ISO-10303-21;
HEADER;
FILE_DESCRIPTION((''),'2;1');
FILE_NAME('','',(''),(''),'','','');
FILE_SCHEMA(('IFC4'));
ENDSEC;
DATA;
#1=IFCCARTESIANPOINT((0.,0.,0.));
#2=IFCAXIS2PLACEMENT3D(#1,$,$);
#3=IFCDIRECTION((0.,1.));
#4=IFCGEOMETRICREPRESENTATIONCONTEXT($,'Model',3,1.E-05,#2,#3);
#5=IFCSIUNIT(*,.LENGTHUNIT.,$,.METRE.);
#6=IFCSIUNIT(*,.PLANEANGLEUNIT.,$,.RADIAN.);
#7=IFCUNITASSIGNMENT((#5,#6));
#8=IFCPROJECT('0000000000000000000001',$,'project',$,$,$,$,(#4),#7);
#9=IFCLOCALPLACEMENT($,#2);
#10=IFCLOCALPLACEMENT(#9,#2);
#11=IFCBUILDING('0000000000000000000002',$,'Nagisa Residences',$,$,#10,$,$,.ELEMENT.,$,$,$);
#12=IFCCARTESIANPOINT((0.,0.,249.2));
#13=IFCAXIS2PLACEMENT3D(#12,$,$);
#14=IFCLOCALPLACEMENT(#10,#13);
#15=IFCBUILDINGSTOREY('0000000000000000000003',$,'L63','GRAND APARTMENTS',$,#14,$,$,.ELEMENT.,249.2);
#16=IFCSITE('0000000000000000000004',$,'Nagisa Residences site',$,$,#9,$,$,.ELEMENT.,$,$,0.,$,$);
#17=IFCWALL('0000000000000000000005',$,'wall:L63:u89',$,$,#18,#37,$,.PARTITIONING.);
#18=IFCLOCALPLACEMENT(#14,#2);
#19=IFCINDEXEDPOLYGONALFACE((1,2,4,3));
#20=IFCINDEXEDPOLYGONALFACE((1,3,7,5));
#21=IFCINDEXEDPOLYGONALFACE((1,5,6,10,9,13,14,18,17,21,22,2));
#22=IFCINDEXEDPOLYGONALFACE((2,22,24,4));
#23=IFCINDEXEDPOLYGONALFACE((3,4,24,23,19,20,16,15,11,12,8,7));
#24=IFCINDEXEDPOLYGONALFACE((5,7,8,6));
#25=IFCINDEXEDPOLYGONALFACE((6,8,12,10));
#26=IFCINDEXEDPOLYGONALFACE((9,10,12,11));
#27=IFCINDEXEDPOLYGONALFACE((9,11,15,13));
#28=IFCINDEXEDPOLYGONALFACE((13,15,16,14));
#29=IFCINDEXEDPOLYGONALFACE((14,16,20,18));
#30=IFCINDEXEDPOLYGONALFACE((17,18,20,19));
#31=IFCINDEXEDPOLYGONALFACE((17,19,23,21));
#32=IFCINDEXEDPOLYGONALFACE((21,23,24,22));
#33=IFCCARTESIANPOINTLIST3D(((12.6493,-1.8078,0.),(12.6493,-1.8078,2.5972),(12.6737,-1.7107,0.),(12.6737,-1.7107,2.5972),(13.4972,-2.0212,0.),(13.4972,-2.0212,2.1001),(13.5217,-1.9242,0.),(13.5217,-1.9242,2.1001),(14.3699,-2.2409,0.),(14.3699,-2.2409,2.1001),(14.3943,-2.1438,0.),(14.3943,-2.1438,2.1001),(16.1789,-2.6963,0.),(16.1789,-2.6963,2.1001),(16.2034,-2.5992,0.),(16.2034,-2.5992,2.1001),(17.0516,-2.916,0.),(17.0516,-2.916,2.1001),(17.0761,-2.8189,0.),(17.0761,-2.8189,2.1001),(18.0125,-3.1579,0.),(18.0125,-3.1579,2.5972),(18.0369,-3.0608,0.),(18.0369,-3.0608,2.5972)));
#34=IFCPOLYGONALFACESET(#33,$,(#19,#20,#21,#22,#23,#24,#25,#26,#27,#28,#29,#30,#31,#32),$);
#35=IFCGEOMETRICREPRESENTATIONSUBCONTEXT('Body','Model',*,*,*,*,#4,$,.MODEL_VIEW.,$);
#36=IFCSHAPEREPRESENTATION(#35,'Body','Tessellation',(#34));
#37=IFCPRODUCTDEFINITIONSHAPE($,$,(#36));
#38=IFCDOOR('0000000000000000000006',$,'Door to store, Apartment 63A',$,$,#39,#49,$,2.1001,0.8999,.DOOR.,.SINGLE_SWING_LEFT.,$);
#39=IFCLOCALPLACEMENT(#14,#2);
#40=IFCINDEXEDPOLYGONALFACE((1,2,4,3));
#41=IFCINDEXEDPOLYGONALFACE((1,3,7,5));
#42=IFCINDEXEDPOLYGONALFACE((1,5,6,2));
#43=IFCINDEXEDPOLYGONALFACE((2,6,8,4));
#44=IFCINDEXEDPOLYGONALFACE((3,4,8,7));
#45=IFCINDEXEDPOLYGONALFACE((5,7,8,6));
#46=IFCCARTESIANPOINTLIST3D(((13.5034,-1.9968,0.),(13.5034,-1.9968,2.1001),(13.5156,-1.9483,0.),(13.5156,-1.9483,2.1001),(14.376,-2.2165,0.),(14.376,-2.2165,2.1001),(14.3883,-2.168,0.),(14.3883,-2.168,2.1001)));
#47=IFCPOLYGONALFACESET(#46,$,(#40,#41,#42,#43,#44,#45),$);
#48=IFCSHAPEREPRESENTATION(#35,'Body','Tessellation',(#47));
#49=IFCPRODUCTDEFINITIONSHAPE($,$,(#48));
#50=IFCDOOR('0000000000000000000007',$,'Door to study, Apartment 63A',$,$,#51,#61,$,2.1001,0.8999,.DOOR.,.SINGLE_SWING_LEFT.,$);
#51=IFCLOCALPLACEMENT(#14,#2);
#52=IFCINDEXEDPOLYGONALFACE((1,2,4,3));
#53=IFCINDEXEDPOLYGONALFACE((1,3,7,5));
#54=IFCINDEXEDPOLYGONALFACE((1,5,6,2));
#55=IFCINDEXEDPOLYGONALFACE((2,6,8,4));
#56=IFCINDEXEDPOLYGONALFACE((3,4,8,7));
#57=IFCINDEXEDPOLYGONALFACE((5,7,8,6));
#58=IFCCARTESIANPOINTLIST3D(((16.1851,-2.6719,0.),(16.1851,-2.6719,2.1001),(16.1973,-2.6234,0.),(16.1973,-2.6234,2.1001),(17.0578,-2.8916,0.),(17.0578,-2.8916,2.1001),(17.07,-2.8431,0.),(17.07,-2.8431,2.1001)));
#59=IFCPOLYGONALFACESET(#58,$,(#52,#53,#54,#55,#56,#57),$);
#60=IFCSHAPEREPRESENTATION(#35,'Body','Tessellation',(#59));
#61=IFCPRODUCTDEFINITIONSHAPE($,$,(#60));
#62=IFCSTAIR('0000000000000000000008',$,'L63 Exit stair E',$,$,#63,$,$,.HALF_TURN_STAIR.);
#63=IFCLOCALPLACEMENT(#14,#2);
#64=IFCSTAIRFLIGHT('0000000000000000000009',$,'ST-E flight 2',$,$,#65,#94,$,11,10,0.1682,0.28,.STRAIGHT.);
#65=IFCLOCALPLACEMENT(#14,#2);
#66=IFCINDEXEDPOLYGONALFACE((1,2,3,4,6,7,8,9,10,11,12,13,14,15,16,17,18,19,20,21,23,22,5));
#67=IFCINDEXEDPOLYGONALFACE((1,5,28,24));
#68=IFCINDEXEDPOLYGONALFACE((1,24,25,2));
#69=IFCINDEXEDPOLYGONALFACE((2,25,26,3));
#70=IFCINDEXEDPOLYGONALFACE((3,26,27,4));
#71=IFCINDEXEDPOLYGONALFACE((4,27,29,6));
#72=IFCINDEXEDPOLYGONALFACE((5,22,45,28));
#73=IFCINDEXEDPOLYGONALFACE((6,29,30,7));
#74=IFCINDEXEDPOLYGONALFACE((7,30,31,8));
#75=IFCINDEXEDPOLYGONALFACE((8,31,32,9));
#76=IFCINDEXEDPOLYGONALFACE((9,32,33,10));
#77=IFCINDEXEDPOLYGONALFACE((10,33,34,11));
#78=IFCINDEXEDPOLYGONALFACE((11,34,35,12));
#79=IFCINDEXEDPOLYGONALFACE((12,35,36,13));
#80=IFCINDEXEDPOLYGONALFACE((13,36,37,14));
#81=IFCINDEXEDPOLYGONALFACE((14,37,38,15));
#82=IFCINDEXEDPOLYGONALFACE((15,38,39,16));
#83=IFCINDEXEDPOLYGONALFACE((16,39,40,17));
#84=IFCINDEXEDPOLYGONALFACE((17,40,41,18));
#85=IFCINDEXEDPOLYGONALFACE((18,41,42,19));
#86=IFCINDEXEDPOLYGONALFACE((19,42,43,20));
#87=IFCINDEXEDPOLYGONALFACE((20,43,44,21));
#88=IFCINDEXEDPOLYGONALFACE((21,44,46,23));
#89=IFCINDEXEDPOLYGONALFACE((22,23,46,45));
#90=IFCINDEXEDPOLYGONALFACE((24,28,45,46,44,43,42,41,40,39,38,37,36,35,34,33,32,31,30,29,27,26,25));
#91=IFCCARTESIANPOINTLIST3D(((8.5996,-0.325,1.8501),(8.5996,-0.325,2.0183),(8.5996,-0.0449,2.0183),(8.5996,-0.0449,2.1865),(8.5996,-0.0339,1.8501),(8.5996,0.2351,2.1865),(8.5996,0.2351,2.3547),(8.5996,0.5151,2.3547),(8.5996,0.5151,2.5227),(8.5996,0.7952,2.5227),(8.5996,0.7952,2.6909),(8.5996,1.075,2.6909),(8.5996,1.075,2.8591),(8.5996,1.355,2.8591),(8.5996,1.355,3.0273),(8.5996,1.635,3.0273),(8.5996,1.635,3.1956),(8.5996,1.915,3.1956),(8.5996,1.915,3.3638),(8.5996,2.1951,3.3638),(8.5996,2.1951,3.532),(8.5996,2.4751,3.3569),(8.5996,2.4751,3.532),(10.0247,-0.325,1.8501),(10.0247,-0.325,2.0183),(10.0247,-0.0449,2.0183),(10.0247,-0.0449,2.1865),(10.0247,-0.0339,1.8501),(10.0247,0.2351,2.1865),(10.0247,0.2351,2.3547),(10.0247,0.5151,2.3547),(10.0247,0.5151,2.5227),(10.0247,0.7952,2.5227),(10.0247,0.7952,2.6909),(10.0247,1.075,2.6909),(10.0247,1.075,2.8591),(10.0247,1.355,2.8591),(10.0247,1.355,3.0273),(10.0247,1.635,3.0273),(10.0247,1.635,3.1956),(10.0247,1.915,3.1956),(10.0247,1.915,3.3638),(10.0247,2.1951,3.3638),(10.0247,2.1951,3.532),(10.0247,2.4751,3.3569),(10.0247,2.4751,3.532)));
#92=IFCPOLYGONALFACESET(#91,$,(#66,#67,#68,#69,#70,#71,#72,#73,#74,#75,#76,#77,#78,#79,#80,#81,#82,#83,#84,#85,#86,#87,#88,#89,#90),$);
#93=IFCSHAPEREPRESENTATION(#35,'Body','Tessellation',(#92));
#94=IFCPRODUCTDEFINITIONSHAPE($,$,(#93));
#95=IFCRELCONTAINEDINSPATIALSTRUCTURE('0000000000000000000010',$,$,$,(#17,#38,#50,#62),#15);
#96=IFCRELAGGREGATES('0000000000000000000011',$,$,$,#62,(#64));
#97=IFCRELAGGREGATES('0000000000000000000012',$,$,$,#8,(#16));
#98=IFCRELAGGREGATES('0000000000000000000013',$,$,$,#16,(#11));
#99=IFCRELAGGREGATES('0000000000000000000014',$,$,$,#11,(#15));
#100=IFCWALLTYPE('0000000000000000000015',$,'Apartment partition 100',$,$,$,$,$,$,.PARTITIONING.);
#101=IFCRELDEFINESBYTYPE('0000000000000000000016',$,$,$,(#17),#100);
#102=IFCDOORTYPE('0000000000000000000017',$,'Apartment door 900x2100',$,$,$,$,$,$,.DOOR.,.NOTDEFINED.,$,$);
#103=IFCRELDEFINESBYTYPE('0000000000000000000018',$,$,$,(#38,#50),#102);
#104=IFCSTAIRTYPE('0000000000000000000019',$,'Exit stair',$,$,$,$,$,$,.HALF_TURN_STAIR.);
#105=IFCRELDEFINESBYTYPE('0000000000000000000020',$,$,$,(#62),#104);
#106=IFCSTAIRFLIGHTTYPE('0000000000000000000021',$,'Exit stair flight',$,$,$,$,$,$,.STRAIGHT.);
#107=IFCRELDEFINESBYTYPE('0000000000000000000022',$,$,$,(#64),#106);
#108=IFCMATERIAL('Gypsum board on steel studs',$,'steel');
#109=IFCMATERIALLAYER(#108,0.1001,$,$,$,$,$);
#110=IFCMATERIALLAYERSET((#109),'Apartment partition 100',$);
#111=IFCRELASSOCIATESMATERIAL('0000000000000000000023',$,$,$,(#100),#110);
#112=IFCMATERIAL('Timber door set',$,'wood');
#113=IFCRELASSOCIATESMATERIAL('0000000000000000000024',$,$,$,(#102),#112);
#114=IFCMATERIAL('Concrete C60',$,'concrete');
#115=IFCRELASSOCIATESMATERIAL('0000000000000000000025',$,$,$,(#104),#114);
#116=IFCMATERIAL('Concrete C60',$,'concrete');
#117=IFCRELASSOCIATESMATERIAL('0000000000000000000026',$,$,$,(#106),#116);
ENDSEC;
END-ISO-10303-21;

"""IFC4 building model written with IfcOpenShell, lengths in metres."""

from ifc_helpers import new_model, si_unit, direction, frame, frame_2d, origin, place, context, subcontext, project, spatial, polyline, rectangle, outline, extrude, material, layer, layer_set, type_object, element, fill, aggregate, save


model = new_model("IFC4")

# Units and contexts
model_context = context("Model", 3, precision=1e-05, world=origin(), true_north=direction((0.0, 1.0)))
body_context = subcontext(model_context, "Body", "Model", "MODEL_VIEW")
ifc_project = project(units=[si_unit("LENGTHUNIT", "METRE"), si_unit("PLANEANGLEUNIT", "RADIAN")], contexts=[model_context])

# Site, building, storey
site_placement = place(None, origin())
site = spatial("IfcSite", under=ifc_project, at=site_placement, Name="Nagisa Residences site", CompositionType="ELEMENT", RefElevation=0.0)
building_placement = place(site_placement, origin())
building = spatial("IfcBuilding", under=site, at=building_placement, Name="Nagisa Residences", CompositionType="ELEMENT")
storey_placement = place(building_placement, frame((0.0, 0.0, 249.2)))
storey = spatial("IfcBuildingStorey", under=building, at=storey_placement, Name="L63", Description="GRAND APARTMENTS", CompositionType="ELEMENT", Elevation=249.2)

# Shared definitions
ifc_material_1 = material(Name="Gypsum board on steel studs", Category="steel")
ifc_layer_1 = layer(ifc_material_1, 0.1001)
ifc_layer_set_1 = layer_set([ifc_layer_1], Name="Apartment partition 100")
wall_type_1 = type_object("IfcWallType", Name="Apartment partition 100", PredefinedType="PARTITIONING", material=ifc_layer_set_1)
ifc_material_2 = material(Name="Timber door set", Category="wood")
door_type_1 = type_object("IfcDoorType", Name="Apartment door 900x2100", OperationType="NOTDEFINED", PredefinedType="DOOR", material=ifc_material_2)

# Wall, openings, doors
wall_1_placement = place(storey_placement, frame((12.6616, -1.7593, 0.0), z_axis=(0.0, 0.0, 1.0), x_axis=(0.969747, -0.244114, 0.0)))
wall_1 = element("IfcWall", 1, at=wall_1_placement, inside=storey, type_object=wall_type_1, Name="wall:L63:u89", PredefinedType="PARTITIONING", context=body_context, shape_type="SweptSolid", body=[
    extrude(rectangle(XDim=5.5305, YDim=0.1001, at=frame_2d((2.7651, 0.0))), origin(), (0.0, 0.0, 1.0), 2.5972),
])
opening_1_placement = place(wall_1_placement, frame((0.8743, 0.0, 0.0)))
opening_1 = element("IfcOpeningElement", 2, at=opening_1_placement, cuts=wall_1, PredefinedType="OPENING", context=body_context, shape_type="SweptSolid", body=[
    extrude(rectangle(XDim=0.8999, YDim=2.1001, at=frame_2d((0.45, 1.05))), frame((0.0, 0.0601, 0.0), z_axis=(0.0, -1.0, 0.0), x_axis=(1.0, 0.0, 0.0)), (0.0, 0.0, 1.0), 0.1201),
])
opening_2_placement = place(wall_1_placement, frame((3.6396, 0.0, 0.0)))
opening_2 = element("IfcOpeningElement", 3, at=opening_2_placement, cuts=wall_1, PredefinedType="OPENING", context=body_context, shape_type="SweptSolid", body=[
    extrude(rectangle(XDim=0.8999, YDim=2.1001, at=frame_2d((0.45, 1.05))), frame((0.0, 0.0601, 0.0), z_axis=(0.0, -1.0, 0.0), x_axis=(1.0, 0.0, 0.0)), (0.0, 0.0, 1.0), 0.1201),
])
door_1_placement = place(opening_1_placement, frame((0.8999, 0.0, 0.0), x_axis=(-1.0, 0.0, 0.0)))
door_1 = element("IfcDoor", 4, at=door_1_placement, inside=storey, type_object=door_type_1, Name="Door to store, Apartment 63A", OperationType="SINGLE_SWING_LEFT", OverallHeight=2.1001, OverallWidth=0.8999, PredefinedType="DOOR", context=body_context, shape_type="SweptSolid", body=[
    extrude(rectangle(XDim=0.8999, YDim=2.1001, at=frame_2d((0.45, 1.05))), frame((0.0, 0.0249, 0.0), z_axis=(0.0, -1.0, 0.0), x_axis=(1.0, 0.0, 0.0)), (0.0, 0.0, 1.0), 0.05),
])
fill(opening_1, door_1)
door_2_placement = place(opening_2_placement, frame((0.8999, 0.0, 0.0), x_axis=(-1.0, 0.0, 0.0)))
door_2 = element("IfcDoor", 5, at=door_2_placement, inside=storey, type_object=door_type_1, Name="Door to study, Apartment 63A", OperationType="SINGLE_SWING_LEFT", OverallHeight=2.1001, OverallWidth=0.8999, PredefinedType="DOOR", context=body_context, shape_type="SweptSolid", body=[
    extrude(rectangle(XDim=0.8999, YDim=2.1001, at=frame_2d((0.45, 1.05))), frame((0.0, 0.0249, 0.0), z_axis=(0.0, -1.0, 0.0), x_axis=(1.0, 0.0, 0.0)), (0.0, 0.0, 1.0), 0.05),
])
fill(opening_2, door_2)

# Stair, stair flight
ifc_material_3 = material(Name="Concrete C60", Category="concrete")
stair_type = type_object("IfcStairType", Name="Exit stair", PredefinedType="HALF_TURN_STAIR", material=ifc_material_3)
stair_placement = place(storey_placement, origin())
stair = element("IfcStair", 6, at=stair_placement, inside=storey, type_object=stair_type, Name="L63 Exit stair E", PredefinedType="HALF_TURN_STAIR")
ifc_material_4 = material(Name="Concrete C60", Category="concrete")
stair_flight_type = type_object("IfcStairFlightType", Name="Exit stair flight", PredefinedType="STRAIGHT", material=ifc_material_4)
stair_flight_placement = place(storey_placement, frame((9.312, -0.325, 1.8501), z_axis=(0.0, 0.0, 1.0), x_axis=(0.0, 1.0, 0.0)))
stair_flight = element("IfcStairFlight", 7, at=stair_flight_placement, type_object=stair_flight_type, Name="ST-E flight 2", NumberOfRisers=11, NumberOfTreads=10, PredefinedType="STRAIGHT", RiserHeight=0.1682, TreadLength=0.28, context=body_context, shape_type="SweptSolid", body=[
    extrude(outline(polyline([(0.0, 0.0), (0.0, 0.1682), (0.28, 0.1682), (0.28, 0.3364), (0.5601, 0.3364), (0.5601, 0.5046), (0.8401, 0.5046), (0.8401, 0.6726), (1.1201, 0.6726), (1.1201, 0.8408), (1.3999, 0.8408), (1.3999, 1.009), (1.6799, 1.009), (1.6799, 1.1772), (1.96, 1.1772), (1.96, 1.3455), (2.24, 1.3455), (2.24, 1.5137), (2.52, 1.5137), (2.52, 1.6819), (2.8, 1.6819), (2.8, 1.8501), (2.8, 1.5068), (0.291, 0.0), (0.0, 0.0)])), frame((0.0, 0.7124, 0.0), z_axis=(0.0, -1.0, 0.0), x_axis=(1.0, 0.0, 0.0)), (0.0, 0.0, 1.0), 1.425),
])
aggregate(stair, [stair_flight])

save(model, "model.ifc")
